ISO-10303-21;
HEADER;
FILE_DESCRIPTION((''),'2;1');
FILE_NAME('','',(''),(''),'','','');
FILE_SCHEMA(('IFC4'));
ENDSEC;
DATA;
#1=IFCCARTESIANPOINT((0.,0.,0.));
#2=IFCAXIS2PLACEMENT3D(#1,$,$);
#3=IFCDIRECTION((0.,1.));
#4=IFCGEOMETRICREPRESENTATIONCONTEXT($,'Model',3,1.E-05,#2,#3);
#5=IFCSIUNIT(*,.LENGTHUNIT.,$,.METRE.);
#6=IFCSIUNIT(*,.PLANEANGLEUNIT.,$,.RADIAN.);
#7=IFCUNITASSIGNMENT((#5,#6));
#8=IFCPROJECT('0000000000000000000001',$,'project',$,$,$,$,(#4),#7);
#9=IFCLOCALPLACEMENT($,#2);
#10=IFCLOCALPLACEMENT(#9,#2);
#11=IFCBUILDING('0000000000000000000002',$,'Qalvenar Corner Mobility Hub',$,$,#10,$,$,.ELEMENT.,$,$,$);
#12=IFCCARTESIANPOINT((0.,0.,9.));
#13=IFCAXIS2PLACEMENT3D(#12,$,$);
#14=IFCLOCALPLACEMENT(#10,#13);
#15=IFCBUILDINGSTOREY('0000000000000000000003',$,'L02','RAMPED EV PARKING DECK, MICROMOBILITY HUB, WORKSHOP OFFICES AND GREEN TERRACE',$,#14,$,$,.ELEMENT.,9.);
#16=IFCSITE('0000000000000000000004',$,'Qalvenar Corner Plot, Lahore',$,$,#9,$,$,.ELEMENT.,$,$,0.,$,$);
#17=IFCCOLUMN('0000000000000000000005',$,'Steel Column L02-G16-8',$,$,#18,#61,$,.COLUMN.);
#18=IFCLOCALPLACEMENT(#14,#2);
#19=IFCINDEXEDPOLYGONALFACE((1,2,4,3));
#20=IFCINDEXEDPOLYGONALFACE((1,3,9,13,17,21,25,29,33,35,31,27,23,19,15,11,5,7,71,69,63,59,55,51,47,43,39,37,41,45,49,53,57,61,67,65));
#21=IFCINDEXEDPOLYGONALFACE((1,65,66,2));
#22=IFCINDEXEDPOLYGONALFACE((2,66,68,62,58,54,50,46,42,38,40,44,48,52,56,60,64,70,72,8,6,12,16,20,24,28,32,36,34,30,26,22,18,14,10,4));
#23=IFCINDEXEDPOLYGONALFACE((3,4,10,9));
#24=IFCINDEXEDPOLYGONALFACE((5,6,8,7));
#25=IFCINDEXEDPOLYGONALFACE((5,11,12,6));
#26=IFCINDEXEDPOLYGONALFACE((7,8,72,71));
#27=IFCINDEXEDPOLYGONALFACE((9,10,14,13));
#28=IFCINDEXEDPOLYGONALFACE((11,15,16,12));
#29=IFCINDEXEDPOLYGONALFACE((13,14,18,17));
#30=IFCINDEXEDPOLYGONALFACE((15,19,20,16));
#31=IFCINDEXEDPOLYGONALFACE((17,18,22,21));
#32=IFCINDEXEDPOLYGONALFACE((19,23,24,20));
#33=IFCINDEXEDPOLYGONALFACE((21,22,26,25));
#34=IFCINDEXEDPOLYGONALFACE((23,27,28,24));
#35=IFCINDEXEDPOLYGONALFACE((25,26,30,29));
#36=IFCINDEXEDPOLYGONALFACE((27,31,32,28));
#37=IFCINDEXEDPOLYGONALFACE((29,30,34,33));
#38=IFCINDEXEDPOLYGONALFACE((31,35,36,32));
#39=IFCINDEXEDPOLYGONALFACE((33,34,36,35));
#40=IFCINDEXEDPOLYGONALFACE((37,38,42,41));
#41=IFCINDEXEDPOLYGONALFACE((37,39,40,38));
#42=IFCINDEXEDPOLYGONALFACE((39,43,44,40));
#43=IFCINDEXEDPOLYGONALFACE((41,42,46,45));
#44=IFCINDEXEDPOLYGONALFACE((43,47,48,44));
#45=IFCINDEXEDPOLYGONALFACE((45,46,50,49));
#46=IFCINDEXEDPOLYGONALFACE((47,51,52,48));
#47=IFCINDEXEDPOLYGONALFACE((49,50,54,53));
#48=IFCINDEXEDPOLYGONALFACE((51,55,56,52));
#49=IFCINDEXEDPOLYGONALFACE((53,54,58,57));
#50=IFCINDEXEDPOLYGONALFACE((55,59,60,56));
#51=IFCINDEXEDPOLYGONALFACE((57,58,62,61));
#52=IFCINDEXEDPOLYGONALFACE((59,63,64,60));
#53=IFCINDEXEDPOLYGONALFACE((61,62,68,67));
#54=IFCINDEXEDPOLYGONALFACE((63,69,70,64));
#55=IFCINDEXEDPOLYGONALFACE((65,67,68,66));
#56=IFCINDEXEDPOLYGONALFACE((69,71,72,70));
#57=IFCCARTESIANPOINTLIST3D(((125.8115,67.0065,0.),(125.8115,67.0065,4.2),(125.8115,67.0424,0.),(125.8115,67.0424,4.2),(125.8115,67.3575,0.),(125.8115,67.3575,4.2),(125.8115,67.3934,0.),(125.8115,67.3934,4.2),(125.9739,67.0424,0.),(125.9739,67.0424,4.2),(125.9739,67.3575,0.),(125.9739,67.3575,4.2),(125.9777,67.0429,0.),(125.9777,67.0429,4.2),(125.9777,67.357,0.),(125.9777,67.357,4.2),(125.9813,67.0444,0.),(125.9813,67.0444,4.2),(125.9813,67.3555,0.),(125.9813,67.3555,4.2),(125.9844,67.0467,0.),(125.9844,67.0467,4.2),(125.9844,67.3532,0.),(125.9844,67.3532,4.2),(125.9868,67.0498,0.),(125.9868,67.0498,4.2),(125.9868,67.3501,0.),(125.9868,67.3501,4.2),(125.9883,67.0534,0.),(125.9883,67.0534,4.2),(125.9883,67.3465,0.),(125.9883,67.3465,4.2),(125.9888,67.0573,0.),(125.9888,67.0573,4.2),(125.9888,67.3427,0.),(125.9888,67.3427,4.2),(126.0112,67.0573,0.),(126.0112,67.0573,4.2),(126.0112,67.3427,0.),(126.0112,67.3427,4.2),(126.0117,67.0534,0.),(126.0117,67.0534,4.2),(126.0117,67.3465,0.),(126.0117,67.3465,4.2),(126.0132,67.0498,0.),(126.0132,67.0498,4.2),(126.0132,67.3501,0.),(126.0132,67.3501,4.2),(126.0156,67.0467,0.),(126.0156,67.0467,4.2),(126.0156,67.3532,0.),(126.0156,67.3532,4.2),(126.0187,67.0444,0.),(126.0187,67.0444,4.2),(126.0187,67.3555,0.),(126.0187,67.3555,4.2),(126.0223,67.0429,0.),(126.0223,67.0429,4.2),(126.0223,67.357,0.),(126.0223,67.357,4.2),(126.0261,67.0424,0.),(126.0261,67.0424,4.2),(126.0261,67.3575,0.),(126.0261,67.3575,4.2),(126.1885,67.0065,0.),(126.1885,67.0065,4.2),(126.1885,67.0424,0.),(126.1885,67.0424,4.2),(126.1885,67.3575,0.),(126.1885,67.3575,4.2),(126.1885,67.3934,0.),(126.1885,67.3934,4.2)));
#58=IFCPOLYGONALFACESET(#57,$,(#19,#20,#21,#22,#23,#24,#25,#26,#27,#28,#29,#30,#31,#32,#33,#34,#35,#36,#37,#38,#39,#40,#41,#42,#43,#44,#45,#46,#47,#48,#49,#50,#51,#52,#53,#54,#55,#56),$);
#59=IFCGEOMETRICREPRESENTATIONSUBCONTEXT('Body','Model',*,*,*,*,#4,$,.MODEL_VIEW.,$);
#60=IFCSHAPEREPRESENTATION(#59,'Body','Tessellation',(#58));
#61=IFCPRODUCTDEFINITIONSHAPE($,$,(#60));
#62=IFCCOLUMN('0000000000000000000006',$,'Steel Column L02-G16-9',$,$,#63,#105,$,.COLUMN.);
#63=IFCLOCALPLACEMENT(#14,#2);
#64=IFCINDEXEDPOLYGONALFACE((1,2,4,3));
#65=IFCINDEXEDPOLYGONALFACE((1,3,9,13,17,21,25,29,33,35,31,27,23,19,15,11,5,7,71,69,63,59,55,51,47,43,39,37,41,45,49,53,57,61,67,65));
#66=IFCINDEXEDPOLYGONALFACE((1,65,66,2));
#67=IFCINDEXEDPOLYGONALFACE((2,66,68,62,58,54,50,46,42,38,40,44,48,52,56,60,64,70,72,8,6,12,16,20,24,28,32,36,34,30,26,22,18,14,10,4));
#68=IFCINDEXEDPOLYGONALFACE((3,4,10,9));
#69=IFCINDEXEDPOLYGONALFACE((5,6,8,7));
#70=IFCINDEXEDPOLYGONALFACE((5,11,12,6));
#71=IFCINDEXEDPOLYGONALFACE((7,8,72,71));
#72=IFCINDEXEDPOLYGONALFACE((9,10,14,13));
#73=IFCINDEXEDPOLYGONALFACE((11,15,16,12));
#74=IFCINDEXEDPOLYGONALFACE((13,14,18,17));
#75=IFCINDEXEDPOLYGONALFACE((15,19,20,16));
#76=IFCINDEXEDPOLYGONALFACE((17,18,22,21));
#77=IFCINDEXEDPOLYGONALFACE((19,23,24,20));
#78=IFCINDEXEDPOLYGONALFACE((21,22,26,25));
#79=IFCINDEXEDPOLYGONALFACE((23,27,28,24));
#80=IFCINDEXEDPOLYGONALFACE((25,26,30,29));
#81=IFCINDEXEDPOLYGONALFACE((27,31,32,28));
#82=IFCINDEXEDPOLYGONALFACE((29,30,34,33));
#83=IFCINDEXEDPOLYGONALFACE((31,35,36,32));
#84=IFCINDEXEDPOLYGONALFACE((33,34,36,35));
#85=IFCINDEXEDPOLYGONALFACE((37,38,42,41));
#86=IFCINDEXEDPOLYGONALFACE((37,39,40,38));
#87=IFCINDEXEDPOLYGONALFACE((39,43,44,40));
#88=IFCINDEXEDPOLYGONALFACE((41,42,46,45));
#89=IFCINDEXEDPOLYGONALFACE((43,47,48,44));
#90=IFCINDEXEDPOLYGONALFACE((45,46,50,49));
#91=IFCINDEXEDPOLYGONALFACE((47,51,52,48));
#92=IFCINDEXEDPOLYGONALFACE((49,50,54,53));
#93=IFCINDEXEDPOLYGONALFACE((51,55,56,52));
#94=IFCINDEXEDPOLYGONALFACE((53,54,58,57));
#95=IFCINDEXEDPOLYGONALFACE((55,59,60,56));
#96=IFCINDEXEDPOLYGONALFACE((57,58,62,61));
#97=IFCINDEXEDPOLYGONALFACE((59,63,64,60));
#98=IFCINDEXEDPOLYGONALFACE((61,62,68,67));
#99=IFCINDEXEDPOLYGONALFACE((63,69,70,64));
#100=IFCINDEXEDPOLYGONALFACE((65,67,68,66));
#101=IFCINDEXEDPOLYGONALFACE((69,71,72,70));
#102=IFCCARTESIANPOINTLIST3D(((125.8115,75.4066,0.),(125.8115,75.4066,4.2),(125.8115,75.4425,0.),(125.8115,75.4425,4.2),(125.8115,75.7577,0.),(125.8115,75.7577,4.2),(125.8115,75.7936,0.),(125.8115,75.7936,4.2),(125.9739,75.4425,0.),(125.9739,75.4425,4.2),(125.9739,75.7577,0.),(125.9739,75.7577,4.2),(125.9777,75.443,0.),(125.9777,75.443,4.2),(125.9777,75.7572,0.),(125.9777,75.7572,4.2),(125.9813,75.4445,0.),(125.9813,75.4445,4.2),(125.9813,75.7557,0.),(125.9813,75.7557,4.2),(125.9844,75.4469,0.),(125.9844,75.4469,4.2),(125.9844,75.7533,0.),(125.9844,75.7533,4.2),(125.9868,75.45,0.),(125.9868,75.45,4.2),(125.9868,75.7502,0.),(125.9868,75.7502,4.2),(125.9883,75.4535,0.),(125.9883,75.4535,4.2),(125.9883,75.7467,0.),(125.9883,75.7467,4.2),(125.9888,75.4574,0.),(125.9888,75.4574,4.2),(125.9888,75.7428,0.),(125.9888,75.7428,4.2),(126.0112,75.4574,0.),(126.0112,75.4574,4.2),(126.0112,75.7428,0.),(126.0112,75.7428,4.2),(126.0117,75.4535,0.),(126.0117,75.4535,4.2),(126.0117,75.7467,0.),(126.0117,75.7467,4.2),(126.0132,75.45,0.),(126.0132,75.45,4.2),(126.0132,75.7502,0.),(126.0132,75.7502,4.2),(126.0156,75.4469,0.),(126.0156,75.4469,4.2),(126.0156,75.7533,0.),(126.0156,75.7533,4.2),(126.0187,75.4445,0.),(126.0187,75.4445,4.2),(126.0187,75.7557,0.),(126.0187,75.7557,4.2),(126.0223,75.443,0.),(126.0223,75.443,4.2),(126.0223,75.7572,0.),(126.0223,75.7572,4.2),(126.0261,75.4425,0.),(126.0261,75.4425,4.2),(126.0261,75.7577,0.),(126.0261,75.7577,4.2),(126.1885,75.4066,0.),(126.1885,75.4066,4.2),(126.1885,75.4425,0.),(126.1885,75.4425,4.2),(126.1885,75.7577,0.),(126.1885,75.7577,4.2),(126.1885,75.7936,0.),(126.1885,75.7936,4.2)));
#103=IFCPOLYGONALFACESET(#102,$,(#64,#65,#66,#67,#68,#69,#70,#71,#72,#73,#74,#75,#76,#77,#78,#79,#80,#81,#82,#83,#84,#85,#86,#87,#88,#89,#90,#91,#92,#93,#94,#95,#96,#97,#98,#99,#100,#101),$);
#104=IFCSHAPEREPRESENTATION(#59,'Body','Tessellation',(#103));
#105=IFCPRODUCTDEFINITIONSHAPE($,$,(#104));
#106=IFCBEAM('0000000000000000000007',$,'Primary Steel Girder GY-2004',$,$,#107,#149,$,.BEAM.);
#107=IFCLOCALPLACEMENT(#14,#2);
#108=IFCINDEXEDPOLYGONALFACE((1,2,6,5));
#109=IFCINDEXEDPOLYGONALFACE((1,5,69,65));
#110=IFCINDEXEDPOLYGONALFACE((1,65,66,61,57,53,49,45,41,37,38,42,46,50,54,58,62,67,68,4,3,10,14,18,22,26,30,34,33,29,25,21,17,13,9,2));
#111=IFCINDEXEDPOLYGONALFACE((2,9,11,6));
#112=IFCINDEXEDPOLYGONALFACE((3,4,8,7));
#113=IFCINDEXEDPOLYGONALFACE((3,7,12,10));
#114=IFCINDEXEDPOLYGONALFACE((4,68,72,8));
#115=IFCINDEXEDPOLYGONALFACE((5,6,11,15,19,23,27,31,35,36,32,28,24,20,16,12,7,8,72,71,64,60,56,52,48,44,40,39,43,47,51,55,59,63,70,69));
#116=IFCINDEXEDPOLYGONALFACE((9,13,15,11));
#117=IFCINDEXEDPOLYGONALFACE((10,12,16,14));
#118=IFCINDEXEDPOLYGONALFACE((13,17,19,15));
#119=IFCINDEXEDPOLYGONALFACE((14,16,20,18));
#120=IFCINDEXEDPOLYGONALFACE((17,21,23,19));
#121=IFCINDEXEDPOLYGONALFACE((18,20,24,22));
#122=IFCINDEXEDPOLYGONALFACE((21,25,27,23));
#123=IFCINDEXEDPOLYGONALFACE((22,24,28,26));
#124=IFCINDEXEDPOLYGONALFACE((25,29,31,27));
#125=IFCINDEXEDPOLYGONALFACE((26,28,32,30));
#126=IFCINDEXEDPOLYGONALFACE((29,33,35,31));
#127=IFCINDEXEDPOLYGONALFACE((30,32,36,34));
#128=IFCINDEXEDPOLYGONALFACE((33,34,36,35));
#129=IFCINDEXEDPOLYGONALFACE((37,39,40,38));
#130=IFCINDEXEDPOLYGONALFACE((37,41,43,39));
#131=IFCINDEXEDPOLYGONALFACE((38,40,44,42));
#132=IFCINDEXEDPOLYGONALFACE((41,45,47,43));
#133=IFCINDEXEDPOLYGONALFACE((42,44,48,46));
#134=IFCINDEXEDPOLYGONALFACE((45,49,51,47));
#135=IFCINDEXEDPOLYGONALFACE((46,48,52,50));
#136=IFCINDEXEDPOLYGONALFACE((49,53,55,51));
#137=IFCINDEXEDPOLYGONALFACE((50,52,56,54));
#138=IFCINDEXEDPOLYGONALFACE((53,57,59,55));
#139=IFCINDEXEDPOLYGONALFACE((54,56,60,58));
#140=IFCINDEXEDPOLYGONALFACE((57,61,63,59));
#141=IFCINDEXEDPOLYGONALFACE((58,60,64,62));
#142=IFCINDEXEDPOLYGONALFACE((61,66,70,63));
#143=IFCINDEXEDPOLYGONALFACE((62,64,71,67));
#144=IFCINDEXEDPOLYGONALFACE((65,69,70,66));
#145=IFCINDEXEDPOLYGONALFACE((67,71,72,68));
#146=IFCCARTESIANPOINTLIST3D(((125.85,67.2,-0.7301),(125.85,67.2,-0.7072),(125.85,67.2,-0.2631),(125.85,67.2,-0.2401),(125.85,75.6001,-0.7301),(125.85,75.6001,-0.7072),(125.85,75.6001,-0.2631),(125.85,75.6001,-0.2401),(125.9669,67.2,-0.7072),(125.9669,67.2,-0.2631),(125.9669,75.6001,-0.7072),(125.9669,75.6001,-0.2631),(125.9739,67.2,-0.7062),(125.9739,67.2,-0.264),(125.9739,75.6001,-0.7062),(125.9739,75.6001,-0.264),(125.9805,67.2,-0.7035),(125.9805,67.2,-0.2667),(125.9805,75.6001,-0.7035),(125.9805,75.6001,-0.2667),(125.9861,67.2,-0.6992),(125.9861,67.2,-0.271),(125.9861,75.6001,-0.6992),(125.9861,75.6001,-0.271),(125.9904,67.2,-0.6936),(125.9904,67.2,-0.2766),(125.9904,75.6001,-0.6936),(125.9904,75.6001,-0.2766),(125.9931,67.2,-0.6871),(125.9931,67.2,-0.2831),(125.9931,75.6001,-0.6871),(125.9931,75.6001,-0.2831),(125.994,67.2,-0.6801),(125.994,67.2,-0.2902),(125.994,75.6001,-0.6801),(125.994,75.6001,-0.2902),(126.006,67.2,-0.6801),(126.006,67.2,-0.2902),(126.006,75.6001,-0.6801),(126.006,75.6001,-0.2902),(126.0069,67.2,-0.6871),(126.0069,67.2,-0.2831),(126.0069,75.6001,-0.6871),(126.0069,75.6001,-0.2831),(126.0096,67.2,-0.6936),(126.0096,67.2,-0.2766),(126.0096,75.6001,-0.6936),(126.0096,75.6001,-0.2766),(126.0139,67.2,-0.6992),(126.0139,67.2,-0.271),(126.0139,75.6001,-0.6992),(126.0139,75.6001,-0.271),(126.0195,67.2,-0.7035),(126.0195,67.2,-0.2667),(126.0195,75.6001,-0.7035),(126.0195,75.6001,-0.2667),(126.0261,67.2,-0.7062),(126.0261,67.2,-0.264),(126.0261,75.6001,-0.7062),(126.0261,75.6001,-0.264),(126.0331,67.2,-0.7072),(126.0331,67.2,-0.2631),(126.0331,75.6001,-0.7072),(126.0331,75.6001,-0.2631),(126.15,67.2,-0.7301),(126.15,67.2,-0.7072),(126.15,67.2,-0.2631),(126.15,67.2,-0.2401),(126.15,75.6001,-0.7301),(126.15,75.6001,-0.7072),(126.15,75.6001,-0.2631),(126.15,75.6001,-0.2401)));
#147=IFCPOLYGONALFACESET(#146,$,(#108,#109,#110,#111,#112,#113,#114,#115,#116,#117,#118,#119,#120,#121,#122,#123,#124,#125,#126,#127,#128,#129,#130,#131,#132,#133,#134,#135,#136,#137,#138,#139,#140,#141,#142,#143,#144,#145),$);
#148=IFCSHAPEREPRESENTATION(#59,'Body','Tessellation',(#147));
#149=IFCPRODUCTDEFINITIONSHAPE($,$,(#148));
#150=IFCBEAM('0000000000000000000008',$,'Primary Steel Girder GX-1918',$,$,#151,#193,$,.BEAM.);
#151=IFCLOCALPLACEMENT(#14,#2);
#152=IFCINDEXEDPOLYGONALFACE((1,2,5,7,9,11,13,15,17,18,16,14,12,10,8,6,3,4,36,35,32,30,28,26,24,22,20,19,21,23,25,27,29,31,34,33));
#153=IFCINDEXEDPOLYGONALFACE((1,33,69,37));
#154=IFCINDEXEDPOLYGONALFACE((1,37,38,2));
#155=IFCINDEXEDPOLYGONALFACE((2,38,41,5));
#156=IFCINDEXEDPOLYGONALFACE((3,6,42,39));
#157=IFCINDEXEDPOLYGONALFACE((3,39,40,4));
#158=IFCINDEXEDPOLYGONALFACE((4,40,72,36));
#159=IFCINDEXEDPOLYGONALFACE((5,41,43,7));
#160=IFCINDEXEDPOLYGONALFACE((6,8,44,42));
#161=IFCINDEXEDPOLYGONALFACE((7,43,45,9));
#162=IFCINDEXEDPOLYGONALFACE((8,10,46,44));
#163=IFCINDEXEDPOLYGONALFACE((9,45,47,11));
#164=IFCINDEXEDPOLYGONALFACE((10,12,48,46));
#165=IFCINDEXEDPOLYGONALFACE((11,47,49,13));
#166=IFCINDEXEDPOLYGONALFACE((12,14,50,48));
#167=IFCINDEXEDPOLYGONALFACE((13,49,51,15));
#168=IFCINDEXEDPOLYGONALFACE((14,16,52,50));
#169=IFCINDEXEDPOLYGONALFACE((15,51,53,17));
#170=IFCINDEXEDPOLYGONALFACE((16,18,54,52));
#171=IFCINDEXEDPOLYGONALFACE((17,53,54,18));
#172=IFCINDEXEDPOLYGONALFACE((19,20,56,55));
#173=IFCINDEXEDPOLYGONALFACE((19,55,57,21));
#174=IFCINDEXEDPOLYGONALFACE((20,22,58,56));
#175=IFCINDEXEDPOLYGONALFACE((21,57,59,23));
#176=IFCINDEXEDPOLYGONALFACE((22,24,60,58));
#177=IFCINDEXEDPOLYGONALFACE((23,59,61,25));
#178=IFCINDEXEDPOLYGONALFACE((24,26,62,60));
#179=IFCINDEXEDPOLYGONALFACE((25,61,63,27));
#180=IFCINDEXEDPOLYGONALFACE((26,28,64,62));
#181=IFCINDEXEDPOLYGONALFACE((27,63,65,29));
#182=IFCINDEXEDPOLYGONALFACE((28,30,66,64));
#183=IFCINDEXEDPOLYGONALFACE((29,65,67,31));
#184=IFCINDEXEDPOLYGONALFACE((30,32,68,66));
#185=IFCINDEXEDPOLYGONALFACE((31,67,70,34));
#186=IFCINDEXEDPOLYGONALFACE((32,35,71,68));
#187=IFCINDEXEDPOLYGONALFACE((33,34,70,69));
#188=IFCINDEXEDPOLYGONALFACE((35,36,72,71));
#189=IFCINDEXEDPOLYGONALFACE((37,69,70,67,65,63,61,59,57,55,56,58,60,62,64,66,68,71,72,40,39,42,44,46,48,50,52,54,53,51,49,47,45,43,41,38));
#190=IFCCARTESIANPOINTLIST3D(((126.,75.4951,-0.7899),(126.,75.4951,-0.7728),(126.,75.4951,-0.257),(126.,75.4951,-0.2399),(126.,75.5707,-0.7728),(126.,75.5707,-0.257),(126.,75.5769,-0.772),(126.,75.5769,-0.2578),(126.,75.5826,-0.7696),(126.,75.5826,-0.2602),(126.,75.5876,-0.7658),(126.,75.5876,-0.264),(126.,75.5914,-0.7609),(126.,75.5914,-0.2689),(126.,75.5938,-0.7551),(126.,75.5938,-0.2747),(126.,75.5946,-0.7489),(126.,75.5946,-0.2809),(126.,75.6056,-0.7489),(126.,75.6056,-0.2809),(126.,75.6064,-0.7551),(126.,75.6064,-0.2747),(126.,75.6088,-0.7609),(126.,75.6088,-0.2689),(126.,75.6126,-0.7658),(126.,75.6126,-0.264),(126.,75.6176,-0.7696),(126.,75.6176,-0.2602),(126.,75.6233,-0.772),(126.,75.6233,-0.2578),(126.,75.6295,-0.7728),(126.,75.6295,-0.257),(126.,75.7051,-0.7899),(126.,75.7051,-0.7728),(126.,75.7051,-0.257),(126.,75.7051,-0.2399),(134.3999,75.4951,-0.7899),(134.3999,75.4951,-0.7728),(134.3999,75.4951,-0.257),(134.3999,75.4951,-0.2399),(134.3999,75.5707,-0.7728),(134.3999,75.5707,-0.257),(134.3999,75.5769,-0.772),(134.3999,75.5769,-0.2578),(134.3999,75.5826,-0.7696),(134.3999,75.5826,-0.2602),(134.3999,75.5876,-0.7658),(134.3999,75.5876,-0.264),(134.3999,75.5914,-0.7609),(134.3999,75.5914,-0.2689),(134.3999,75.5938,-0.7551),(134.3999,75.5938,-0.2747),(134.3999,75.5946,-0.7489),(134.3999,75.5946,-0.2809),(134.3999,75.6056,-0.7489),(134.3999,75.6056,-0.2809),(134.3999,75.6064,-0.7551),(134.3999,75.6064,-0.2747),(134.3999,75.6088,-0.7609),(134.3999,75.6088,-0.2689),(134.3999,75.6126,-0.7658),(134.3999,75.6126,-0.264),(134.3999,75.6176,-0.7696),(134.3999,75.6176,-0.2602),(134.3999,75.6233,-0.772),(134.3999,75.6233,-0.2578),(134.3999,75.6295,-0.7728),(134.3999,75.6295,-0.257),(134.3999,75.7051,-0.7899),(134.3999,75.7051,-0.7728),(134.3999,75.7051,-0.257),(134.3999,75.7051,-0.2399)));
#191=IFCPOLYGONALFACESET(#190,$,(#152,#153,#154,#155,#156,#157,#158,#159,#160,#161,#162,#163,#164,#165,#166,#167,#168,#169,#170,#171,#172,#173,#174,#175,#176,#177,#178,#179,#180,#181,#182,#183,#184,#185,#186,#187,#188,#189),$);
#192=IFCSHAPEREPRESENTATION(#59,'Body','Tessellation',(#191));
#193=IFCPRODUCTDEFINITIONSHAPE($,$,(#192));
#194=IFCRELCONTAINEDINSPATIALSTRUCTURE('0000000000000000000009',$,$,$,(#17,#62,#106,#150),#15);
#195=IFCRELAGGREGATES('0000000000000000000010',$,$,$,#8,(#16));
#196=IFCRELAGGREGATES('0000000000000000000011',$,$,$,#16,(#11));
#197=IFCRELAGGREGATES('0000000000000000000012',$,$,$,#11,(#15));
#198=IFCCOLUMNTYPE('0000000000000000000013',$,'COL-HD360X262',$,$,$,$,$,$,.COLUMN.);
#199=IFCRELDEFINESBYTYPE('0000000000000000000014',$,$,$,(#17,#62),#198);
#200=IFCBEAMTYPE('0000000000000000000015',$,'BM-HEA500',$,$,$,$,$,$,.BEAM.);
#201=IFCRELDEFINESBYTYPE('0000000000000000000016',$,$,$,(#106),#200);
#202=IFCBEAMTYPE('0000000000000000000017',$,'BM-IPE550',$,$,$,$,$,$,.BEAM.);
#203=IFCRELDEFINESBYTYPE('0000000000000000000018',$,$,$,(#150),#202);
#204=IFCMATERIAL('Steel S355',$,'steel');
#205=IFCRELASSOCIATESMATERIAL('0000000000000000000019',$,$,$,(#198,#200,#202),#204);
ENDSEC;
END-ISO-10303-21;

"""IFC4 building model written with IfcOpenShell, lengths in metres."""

from ifc_helpers import new_model, si_unit, direction, frame, origin, origin_2d, place, context, subcontext, project, spatial, i_section, extrude, material, material_profile, profile_set, type_object, element, save


model = new_model("IFC4")

# Units and contexts
model_context = context("Model", 3, precision=1e-05, world=origin(), true_north=direction((0.0, 1.0)))
body_context = subcontext(model_context, "Body", "Model", "MODEL_VIEW")
ifc_project = project(units=[si_unit("LENGTHUNIT", "METRE"), si_unit("PLANEANGLEUNIT", "RADIAN")], contexts=[model_context])

# Site, building, storey
site_placement = place(None, origin())
site = spatial("IfcSite", under=ifc_project, at=site_placement, Name="Qalvenar Corner Plot, Lahore", CompositionType="ELEMENT", RefElevation=0.0)
building_placement = place(site_placement, origin())
building = spatial("IfcBuilding", under=site, at=building_placement, Name="Qalvenar Corner Mobility Hub", CompositionType="ELEMENT")
storey_placement = place(building_placement, frame((0.0, 0.0, 9.0)))
storey = spatial("IfcBuildingStorey", under=building, at=storey_placement, Name="L02", Description="RAMPED EV PARKING DECK, MICROMOBILITY HUB, WORKSHOP OFFICES AND GREEN TERRACE", CompositionType="ELEMENT", Elevation=9.0)

# Columns
ifc_material_1 = material(Name="Steel S355", Category="steel")
ifc_material_profile_1 = material_profile(ifc_material_1, i_section(OverallWidth=0.377, OverallDepth=0.387, WebThickness=0.0225, FlangeThickness=0.0359, FilletRadius=0.0149, at=origin_2d()), Name="HD360x262")
ifc_profile_set_1 = profile_set([ifc_material_profile_1], Name="Steel S355")
column_type = type_object("IfcColumnType", Name="COL-HD360X262", PredefinedType="COLUMN", material=ifc_profile_set_1)
for number, where, z_axis, x_axis, name in (
    (1, (126.0, 67.2, 0.0), (0.0, 0.0, 1.0), (1.0, 0.0, 0.0), "Steel Column L02-G16-8"),
    (2, (126.0, 75.6001, 0.0), (0.0, 0.0, 1.0), (1.0, 0.0, 0.0), "Steel Column L02-G16-9"),
):
    element("IfcColumn", number, at=place(storey_placement, frame(where, z_axis=z_axis, x_axis=x_axis)), inside=storey, type_object=column_type, Name=name, PredefinedType="COLUMN", context=body_context, shape_type="SweptSolid", body=[
        extrude(i_section(OverallWidth=0.377, OverallDepth=0.387, WebThickness=0.0225, FlangeThickness=0.0359, FilletRadius=0.0149, at=origin_2d()), origin(), (0.0, 0.0, 1.0), 4.2),
    ])

# Beams
ifc_material_profile_2 = material_profile(ifc_material_1, i_section(OverallWidth=0.3, OverallDepth=0.49, WebThickness=0.012, FlangeThickness=0.0229, FilletRadius=0.0271, at=origin_2d()), Name="HEA500")
ifc_profile_set_2 = profile_set([ifc_material_profile_2], Name="Steel S355")
beam_type_1 = type_object("IfcBeamType", Name="BM-HEA500", PredefinedType="BEAM", material=ifc_profile_set_2)
beam_1_placement = place(storey_placement, frame((126.0, 67.2, -0.4851), z_axis=(0.0, 1.0, 0.0), x_axis=(-1.0, 0.0, 0.0)))
element("IfcBeam", 3, at=beam_1_placement, inside=storey, type_object=beam_type_1, Name="Primary Steel Girder GY-2004", PredefinedType="BEAM", context=body_context, shape_type="SweptSolid", body=[
    extrude(i_section(OverallWidth=0.3, OverallDepth=0.49, WebThickness=0.012, FlangeThickness=0.0229, FilletRadius=0.0271, at=origin_2d()), origin(), (0.0, 0.0, 1.0), 8.4001),
])
ifc_material_profile_3 = material_profile(ifc_material_1, i_section(OverallWidth=0.21, OverallDepth=0.55, WebThickness=0.011, FlangeThickness=0.0171, FilletRadius=0.0239, at=origin_2d()), Name="IPE550")
ifc_profile_set_3 = profile_set([ifc_material_profile_3], Name="Steel S355")
beam_type_2 = type_object("IfcBeamType", Name="BM-IPE550", PredefinedType="BEAM", material=ifc_profile_set_3)
beam_2_placement = place(storey_placement, frame((126.0, 75.6001, -0.5149), z_axis=(1.0, 0.0, 0.0), x_axis=(0.0, 1.0, 0.0)))
element("IfcBeam", 4, at=beam_2_placement, inside=storey, type_object=beam_type_2, Name="Primary Steel Girder GX-1918", PredefinedType="BEAM", context=body_context, shape_type="SweptSolid", body=[
    extrude(i_section(OverallWidth=0.21, OverallDepth=0.55, WebThickness=0.011, FlangeThickness=0.0171, FilletRadius=0.0239, at=origin_2d()), origin(), (0.0, 0.0, 1.0), 8.3999),
])

save(model, "model.ifc")
